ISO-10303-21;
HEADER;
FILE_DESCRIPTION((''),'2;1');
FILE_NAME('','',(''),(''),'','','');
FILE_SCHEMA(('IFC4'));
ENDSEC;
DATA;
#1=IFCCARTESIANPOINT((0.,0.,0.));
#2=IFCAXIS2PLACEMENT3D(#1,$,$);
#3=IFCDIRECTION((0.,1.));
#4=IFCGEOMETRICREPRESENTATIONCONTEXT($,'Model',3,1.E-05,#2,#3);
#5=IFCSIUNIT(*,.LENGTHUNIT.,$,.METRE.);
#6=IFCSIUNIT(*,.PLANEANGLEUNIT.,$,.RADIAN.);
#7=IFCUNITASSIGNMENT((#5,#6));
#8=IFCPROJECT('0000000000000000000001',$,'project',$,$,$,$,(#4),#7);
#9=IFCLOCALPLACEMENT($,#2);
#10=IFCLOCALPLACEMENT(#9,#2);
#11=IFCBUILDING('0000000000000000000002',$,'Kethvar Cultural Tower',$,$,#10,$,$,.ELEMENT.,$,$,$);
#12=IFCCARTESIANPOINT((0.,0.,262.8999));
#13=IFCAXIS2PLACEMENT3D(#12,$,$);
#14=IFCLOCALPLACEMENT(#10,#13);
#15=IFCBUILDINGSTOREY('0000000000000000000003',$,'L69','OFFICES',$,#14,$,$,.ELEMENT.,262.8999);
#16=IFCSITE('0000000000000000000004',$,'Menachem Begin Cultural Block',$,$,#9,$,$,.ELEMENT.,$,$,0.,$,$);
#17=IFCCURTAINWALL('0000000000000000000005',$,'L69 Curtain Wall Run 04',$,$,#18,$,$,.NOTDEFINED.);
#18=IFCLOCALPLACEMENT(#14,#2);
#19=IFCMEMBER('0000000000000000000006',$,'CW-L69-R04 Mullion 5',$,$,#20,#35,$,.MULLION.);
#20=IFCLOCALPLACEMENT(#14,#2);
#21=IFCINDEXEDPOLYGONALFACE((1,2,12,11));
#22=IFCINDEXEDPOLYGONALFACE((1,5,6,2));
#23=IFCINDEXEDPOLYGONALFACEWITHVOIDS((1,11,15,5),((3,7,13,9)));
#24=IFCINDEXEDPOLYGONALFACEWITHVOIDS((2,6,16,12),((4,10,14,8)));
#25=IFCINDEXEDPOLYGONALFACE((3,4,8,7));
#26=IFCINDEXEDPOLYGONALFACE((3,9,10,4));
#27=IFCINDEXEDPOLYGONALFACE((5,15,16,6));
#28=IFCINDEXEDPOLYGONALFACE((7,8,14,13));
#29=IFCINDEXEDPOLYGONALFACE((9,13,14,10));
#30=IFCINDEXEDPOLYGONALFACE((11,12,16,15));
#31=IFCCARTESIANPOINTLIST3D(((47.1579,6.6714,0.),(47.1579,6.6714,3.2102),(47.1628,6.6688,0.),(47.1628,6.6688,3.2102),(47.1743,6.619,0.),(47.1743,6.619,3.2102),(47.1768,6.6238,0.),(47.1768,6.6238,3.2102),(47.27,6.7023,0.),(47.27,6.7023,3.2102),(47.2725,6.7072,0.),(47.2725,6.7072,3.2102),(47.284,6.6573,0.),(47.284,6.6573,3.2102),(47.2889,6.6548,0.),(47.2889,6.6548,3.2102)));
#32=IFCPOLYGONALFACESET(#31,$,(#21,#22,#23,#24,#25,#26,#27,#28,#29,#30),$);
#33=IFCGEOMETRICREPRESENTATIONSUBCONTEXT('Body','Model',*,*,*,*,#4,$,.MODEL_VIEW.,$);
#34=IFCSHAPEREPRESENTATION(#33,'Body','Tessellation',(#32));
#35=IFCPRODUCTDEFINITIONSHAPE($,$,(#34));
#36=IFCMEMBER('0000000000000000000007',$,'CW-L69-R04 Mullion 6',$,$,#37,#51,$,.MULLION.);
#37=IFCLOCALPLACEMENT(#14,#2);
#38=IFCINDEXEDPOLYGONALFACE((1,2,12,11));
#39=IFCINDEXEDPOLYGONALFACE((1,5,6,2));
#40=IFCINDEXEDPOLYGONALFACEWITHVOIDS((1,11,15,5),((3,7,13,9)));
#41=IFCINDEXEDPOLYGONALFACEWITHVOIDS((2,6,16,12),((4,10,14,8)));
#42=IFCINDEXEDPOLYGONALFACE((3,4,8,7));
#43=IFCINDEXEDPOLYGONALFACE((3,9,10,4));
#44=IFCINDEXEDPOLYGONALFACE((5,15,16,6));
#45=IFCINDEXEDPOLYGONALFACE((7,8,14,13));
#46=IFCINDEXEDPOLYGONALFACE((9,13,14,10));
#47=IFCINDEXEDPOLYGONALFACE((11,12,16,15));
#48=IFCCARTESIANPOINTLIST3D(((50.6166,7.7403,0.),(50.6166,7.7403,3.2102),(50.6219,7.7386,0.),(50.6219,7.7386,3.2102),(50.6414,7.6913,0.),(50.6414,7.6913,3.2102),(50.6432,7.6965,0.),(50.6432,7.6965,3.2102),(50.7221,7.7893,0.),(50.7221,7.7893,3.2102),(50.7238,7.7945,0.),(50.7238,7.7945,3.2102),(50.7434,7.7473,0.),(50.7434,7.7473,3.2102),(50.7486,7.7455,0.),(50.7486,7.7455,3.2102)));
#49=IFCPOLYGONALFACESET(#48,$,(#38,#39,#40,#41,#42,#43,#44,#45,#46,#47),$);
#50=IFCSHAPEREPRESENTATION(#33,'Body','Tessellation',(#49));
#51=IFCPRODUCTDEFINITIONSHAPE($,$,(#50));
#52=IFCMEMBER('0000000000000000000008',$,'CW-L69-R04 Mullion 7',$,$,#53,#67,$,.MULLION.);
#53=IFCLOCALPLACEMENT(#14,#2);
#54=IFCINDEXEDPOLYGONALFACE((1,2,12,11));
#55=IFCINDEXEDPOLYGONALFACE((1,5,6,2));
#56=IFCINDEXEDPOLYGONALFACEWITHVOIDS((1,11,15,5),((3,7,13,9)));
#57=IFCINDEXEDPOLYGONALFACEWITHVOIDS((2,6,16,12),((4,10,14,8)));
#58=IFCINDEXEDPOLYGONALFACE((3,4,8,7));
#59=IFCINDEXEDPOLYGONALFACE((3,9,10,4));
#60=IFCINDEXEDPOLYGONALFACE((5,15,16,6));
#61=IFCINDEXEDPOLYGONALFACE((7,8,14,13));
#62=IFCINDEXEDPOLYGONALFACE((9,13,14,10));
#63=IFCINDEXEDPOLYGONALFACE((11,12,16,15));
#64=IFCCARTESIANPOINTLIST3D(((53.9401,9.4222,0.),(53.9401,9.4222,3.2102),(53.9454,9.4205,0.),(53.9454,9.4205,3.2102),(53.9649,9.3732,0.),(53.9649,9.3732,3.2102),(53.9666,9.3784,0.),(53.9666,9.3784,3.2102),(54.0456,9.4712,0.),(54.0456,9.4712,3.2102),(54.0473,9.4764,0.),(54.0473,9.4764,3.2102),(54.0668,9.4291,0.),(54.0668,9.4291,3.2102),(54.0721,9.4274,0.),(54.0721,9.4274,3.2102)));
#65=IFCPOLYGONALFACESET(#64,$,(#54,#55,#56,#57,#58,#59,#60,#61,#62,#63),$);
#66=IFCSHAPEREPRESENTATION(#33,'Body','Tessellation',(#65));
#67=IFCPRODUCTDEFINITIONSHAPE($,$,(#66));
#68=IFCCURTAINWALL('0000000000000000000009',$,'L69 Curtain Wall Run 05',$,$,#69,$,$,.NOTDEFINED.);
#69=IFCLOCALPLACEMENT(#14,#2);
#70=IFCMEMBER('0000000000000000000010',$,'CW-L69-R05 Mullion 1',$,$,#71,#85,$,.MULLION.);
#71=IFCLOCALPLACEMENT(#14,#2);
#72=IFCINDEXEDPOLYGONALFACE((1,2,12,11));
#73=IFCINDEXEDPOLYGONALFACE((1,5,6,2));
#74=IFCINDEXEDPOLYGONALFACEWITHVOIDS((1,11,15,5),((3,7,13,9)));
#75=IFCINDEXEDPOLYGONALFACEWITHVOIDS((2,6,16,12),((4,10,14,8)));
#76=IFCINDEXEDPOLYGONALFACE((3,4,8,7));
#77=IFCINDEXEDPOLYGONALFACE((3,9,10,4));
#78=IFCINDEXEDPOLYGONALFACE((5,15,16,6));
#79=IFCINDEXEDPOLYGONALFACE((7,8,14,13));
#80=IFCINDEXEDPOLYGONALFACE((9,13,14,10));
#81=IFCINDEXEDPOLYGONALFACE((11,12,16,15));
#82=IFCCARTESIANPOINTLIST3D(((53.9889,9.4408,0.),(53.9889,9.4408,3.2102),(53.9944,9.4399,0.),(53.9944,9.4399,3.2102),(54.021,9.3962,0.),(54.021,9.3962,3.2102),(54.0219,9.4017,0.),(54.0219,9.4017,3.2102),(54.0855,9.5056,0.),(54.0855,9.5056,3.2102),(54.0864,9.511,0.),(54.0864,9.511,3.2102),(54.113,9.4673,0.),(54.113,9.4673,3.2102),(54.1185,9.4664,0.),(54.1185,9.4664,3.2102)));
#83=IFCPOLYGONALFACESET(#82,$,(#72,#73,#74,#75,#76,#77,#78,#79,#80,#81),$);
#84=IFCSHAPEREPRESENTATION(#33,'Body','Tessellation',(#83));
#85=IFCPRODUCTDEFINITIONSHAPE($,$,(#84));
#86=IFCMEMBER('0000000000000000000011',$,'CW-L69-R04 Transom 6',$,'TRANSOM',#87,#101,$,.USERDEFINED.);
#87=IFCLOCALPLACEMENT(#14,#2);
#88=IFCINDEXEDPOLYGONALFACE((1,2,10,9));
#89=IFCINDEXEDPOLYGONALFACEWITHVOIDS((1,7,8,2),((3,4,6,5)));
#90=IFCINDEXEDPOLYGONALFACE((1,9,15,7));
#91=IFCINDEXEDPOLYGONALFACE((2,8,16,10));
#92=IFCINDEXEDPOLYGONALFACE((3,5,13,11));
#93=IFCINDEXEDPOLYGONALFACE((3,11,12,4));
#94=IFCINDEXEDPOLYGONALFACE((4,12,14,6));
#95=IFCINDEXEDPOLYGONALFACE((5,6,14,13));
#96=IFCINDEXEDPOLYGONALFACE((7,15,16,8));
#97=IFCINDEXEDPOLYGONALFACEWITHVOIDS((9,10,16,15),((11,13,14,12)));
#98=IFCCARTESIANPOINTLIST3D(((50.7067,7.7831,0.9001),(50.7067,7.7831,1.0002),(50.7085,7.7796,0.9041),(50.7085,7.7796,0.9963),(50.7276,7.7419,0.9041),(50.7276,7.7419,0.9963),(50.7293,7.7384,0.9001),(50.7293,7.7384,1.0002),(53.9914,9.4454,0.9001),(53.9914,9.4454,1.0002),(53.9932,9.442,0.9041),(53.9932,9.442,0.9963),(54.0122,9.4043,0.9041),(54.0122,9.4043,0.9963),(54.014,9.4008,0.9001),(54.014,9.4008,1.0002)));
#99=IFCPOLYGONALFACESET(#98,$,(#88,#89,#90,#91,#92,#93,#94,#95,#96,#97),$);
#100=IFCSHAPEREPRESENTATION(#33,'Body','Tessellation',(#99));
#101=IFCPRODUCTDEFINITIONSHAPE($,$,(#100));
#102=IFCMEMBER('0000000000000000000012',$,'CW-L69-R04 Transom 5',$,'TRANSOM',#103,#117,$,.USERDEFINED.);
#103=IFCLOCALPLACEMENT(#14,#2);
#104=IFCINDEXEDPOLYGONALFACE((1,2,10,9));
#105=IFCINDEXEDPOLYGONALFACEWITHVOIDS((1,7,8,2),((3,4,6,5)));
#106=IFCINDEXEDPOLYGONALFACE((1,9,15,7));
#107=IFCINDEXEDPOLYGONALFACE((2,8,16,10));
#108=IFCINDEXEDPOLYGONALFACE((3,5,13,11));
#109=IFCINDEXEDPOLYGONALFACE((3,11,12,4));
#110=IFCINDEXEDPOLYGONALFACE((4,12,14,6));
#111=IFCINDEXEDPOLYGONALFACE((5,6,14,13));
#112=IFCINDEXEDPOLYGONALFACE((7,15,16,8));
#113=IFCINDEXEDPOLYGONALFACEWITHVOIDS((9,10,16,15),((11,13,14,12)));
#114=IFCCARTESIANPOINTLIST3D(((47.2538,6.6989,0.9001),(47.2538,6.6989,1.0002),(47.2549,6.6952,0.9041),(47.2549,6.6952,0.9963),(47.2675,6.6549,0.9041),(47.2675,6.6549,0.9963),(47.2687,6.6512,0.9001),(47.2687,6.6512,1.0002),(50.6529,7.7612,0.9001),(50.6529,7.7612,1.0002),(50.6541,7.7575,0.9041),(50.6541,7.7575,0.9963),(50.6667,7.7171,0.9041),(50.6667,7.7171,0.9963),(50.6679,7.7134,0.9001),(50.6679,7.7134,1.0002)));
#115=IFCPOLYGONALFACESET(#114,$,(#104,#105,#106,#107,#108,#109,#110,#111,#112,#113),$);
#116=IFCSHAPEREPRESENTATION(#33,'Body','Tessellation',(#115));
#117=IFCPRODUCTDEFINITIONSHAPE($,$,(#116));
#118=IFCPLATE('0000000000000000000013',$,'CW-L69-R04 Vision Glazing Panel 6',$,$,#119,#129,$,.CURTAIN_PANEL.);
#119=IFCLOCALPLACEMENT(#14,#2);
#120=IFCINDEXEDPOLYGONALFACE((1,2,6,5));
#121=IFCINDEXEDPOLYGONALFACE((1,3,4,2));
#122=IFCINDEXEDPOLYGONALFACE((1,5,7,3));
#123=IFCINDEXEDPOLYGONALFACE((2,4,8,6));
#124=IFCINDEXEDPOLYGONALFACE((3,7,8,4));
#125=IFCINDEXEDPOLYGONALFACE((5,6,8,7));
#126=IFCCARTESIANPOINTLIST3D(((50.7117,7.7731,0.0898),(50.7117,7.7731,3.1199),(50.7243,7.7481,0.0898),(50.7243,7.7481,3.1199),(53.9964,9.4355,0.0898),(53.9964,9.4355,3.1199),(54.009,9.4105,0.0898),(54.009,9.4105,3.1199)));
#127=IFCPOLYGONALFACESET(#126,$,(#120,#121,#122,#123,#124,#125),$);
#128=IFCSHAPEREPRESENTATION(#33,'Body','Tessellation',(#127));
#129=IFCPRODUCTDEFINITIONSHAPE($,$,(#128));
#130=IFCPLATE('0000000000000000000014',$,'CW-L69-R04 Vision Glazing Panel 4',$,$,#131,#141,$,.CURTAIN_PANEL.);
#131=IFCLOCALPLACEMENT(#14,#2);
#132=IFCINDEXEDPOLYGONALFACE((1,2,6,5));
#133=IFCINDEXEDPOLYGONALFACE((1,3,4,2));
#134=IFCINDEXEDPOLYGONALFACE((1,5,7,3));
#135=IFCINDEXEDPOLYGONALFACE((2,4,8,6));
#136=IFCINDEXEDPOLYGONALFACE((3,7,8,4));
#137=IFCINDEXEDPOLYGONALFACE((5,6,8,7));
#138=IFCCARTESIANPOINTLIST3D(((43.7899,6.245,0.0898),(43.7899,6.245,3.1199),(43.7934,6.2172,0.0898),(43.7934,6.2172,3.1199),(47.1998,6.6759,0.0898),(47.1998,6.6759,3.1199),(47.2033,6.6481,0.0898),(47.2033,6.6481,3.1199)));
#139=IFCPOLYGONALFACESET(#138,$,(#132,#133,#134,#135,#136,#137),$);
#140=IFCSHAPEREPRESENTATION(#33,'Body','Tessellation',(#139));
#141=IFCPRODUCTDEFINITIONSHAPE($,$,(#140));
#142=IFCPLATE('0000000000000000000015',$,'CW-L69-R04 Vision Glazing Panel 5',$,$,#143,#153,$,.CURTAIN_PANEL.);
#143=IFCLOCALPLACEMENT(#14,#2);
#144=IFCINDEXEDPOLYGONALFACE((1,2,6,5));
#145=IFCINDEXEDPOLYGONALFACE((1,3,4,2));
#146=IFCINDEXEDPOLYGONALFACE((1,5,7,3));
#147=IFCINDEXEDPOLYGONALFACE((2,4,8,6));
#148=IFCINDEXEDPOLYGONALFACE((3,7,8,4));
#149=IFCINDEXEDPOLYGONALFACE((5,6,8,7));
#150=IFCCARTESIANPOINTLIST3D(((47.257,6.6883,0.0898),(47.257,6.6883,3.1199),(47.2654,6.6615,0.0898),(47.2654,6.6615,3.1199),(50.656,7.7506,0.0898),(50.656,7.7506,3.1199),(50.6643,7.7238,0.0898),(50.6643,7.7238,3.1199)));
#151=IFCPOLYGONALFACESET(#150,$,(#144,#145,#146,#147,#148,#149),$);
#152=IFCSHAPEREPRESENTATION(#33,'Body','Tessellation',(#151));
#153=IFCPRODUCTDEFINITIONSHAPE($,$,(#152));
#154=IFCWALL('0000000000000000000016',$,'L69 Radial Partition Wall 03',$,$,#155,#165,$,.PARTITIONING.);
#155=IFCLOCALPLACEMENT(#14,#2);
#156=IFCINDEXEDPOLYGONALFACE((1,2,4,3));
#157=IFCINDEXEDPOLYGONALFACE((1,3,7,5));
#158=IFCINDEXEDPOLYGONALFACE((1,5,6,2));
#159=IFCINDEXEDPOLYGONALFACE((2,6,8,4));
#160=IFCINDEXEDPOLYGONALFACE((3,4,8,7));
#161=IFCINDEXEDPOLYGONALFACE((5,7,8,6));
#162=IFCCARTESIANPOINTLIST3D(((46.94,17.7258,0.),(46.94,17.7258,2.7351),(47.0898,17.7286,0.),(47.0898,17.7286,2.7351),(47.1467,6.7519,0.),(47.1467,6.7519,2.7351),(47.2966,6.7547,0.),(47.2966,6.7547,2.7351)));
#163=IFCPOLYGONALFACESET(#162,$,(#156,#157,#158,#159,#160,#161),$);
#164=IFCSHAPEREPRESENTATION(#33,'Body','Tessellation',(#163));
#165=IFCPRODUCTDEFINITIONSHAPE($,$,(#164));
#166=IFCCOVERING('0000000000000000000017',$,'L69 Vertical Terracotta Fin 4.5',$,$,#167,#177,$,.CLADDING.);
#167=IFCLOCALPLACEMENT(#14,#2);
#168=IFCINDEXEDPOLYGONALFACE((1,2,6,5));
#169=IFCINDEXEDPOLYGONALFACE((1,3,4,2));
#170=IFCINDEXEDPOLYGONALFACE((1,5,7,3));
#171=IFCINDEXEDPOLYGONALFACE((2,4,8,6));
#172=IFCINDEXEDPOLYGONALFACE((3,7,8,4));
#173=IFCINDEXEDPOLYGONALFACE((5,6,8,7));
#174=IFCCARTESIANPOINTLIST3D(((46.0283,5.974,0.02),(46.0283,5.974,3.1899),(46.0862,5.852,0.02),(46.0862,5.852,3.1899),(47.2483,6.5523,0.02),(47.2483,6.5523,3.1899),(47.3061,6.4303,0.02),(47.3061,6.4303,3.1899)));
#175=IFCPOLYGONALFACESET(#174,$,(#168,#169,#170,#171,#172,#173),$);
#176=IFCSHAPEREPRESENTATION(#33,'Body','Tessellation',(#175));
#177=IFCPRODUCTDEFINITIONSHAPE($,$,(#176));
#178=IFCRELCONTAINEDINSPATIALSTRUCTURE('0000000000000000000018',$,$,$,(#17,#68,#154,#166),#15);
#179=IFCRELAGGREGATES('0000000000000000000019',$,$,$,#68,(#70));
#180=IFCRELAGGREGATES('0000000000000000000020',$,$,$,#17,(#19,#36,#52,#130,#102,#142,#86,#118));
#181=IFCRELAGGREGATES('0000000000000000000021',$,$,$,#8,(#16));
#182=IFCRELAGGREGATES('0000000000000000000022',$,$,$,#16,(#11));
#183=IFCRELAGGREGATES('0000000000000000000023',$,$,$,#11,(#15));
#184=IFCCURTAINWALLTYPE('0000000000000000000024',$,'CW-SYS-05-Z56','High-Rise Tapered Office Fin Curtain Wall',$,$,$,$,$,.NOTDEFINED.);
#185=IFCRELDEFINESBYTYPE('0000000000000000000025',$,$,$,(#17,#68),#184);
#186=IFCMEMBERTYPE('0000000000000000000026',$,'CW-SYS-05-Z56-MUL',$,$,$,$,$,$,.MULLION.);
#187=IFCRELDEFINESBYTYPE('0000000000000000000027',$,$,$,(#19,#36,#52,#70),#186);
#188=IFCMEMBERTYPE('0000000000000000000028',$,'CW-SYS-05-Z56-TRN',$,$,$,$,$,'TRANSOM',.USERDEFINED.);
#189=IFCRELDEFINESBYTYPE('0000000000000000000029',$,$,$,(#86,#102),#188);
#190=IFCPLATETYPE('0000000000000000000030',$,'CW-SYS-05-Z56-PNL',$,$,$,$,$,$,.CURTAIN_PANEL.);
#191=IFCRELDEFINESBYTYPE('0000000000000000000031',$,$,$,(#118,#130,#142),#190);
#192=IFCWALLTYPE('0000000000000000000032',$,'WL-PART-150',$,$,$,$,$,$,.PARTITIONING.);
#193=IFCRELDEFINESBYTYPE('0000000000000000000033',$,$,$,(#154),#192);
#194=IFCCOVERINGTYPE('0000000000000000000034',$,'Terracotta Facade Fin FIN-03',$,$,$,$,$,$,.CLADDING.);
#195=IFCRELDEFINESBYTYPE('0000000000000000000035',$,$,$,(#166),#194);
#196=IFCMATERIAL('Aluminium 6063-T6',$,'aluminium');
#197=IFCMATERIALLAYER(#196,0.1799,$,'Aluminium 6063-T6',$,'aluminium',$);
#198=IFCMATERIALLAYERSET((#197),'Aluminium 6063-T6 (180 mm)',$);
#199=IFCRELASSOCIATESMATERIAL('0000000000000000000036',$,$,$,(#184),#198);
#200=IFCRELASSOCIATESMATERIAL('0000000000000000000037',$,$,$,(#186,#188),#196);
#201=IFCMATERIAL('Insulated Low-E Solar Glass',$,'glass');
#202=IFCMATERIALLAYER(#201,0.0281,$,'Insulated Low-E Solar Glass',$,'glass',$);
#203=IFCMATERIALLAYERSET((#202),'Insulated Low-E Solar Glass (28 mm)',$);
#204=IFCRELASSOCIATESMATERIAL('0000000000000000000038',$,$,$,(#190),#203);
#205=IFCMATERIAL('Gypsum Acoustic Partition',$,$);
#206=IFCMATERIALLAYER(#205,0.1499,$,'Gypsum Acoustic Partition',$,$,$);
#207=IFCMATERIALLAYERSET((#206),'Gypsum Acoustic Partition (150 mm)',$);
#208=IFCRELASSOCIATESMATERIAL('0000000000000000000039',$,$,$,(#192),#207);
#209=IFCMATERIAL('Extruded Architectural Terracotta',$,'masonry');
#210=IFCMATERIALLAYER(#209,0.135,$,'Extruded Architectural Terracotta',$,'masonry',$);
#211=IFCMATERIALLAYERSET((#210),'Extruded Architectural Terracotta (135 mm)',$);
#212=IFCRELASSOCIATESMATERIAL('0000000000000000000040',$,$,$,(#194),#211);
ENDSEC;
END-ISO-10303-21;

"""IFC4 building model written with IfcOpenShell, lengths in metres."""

from ifc_helpers import new_model, si_unit, direction, frame, frame_2d, origin, origin_2d, place, context, subcontext, project, spatial, rectangle, hollow_rectangle, extrude, source, transform, mapped, material, layer, layer_set, material_profile, profile_set, type_object, element, aggregate, save


model = new_model("IFC4")

# Units and contexts
model_context = context("Model", 3, precision=1e-05, world=origin(), true_north=direction((0.0, 1.0)))
body_context = subcontext(model_context, "Body", "Model", "MODEL_VIEW")
ifc_project = project(units=[si_unit("LENGTHUNIT", "METRE"), si_unit("PLANEANGLEUNIT", "RADIAN")], contexts=[model_context])

# Site, building, storey
site_placement = place(None, origin())
site = spatial("IfcSite", under=ifc_project, at=site_placement, Name="Menachem Begin Cultural Block", CompositionType="ELEMENT", RefElevation=0.0)
building_placement = place(site_placement, origin())
building = spatial("IfcBuilding", under=site, at=building_placement, Name="Kethvar Cultural Tower", CompositionType="ELEMENT")
storey_placement = place(building_placement, frame((0.0, 0.0, 262.8999)))
storey = spatial("IfcBuildingStorey", under=building, at=storey_placement, Name="L69", Description="OFFICES", CompositionType="ELEMENT", Elevation=262.8999)

# Curtain wall, members
ifc_material_1 = material(Name="Aluminium 6063-T6", Category="aluminium")
ifc_layer_1 = layer(ifc_material_1, 0.1799, Name="Aluminium 6063-T6", Category="aluminium")
ifc_layer_set_1 = layer_set([ifc_layer_1], Name="Aluminium 6063-T6 (180 mm)")
curtain_wall_type = type_object("IfcCurtainWallType", Name="CW-SYS-05-Z56", Description="High-Rise Tapered Office Fin Curtain Wall", PredefinedType="NOTDEFINED", material=ifc_layer_set_1)
curtain_wall_1_placement = place(storey_placement, origin())
curtain_wall_1 = element("IfcCurtainWall", 1, at=curtain_wall_1_placement, inside=storey, type_object=curtain_wall_type, Name="L69 Curtain Wall Run 04", PredefinedType="NOTDEFINED")
ifc_material_profile_1 = material_profile(ifc_material_1, hollow_rectangle(XDim=0.0549, YDim=0.1201, WallThickness=0.0039, at=origin_2d()), Name="Aluminium 6063-T6 — RHS120x55x4")
ifc_profile_set_1 = profile_set([ifc_material_profile_1], Name="Aluminium 6063-T6 — RHS120x55x4")
member_type_1 = type_object("IfcMemberType", Name="CW-SYS-05-Z56-MUL", PredefinedType="MULLION", material=ifc_profile_set_1)
shared_shape_1 = source(origin(), body_context, "Body", "SweptSolid", [
    extrude(hollow_rectangle(XDim=0.0549, YDim=0.1201, WallThickness=0.0039, at=origin_2d()), origin(), (0.0, 0.0, 1.0), 3.2102),
])
member_1_placement = place(storey_placement, frame((47.2234, 6.6631, 0.0), z_axis=(0.0, 0.0, 1.0), x_axis=(-0.298291, 0.954475, 0.0)))
member_1 = element("IfcMember", 2, at=member_1_placement, type_object=member_type_1, Name="CW-L69-R04 Mullion 5", PredefinedType="MULLION", context=body_context, shape_type="MappedRepresentation", body=[
    mapped(shared_shape_1, transform((0.0, 0.0, 0.0), scale=1.0)),
])
member_2_placement = place(storey_placement, frame((50.6826, 7.7429, 0.0), z_axis=(0.0, 0.0, 1.0), x_axis=(-0.451563, 0.892239, 0.0)))
member_2 = element("IfcMember", 3, at=member_2_placement, type_object=member_type_1, Name="CW-L69-R04 Mullion 6", PredefinedType="MULLION", context=body_context, shape_type="MappedRepresentation", body=[
    mapped(shared_shape_1, transform((0.0, 0.0, 0.0), scale=1.0)),
])
member_3_placement = place(storey_placement, frame((54.0061, 9.4248, 0.0), z_axis=(0.0, 0.0, 1.0), x_axis=(-0.451563, 0.892239, 0.0)))
member_3 = element("IfcMember", 4, at=member_3_placement, type_object=member_type_1, Name="CW-L69-R04 Mullion 7", PredefinedType="MULLION", context=body_context, shape_type="MappedRepresentation", body=[
    mapped(shared_shape_1, transform((0.0, 0.0, 0.0), scale=1.0)),
])

# Curtain wall, member
curtain_wall_2_placement = place(storey_placement, origin())
curtain_wall_2 = element("IfcCurtainWall", 5, at=curtain_wall_2_placement, inside=storey, type_object=curtain_wall_type, Name="L69 Curtain Wall Run 05", PredefinedType="NOTDEFINED")
member_4_placement = place(storey_placement, frame((54.0537, 9.4536, 0.0), z_axis=(0.0, 0.0, 1.0), x_axis=(-0.584689, 0.811258, 0.0)))
member_4 = element("IfcMember", 6, at=member_4_placement, type_object=member_type_1, Name="CW-L69-R05 Mullion 1", PredefinedType="MULLION", context=body_context, shape_type="MappedRepresentation", body=[
    mapped(shared_shape_1, transform((0.0, 0.0, 0.0), scale=1.0)),
])
aggregate(curtain_wall_2, [member_4])

# Members
ifc_material_profile_2 = material_profile(ifc_material_1, hollow_rectangle(XDim=0.05, YDim=0.1001, WallThickness=0.0039, at=origin_2d()), Name="Aluminium 6063-T6 — RHS100x50x4")
ifc_profile_set_2 = profile_set([ifc_material_profile_2], Name="Aluminium 6063-T6 — RHS100x50x4")
member_type_2 = type_object("IfcMemberType", Name="CW-SYS-05-Z56-TRN", ElementType="TRANSOM", PredefinedType="USERDEFINED", material=ifc_profile_set_2)
shared_shape_2 = source(origin(), body_context, "Body", "SweptSolid", [
    extrude(hollow_rectangle(XDim=0.05, YDim=0.1001, WallThickness=0.0039, at=origin_2d()), origin(), (0.0, 0.0, 1.0), 3.6814),
])
member_5_placement = place(storey_placement, frame((50.718, 7.7607, 0.9502), z_axis=(0.892241, 0.451559, 0.0), x_axis=(-0.451559, 0.892241, 0.0)))
member_5 = element("IfcMember", 7, at=member_5_placement, type_object=member_type_2, Name="CW-L69-R04 Transom 6", ObjectType="TRANSOM", PredefinedType="USERDEFINED", context=body_context, shape_type="MappedRepresentation", body=[
    mapped(shared_shape_2, transform((0.0, 0.0, 0.0), scale=1.0)),
])
shared_shape_3 = source(origin(), body_context, "Body", "SweptSolid", [
    extrude(hollow_rectangle(XDim=0.05, YDim=0.1001, WallThickness=0.0039, at=origin_2d()), origin(), (0.0, 0.0, 1.0), 3.5613),
])
member_6_placement = place(storey_placement, frame((47.2612, 6.675, 0.9502), z_axis=(0.954479, 0.298279, 0.0), x_axis=(-0.298279, 0.954479, 0.0)))
member_6 = element("IfcMember", 8, at=member_6_placement, type_object=member_type_2, Name="CW-L69-R04 Transom 5", ObjectType="TRANSOM", PredefinedType="USERDEFINED", context=body_context, shape_type="MappedRepresentation", body=[
    mapped(shared_shape_3, transform((0.0, 0.0, 0.0), scale=1.0)),
])

# Plates
ifc_material_2 = material(Name="Insulated Low-E Solar Glass", Category="glass")
ifc_layer_2 = layer(ifc_material_2, 0.0281, Name="Insulated Low-E Solar Glass", Category="glass")
ifc_layer_set_2 = layer_set([ifc_layer_2], Name="Insulated Low-E Solar Glass (28 mm)")
plate_type = type_object("IfcPlateType", Name="CW-SYS-05-Z56-PNL", PredefinedType="CURTAIN_PANEL", material=ifc_layer_set_2)
shared_shape_4 = source(origin(), body_context, "Body", "SweptSolid", [
    extrude(rectangle(XDim=3.6814, YDim=0.0281, at=origin_2d()), origin(), (0.0, 0.0, 1.0), 3.03),
])
plate_1_placement = place(storey_placement, frame((52.3604, 8.5918, 0.0898), z_axis=(0.0, 0.0, 1.0), x_axis=(0.892239, 0.451563, 0.0)))
plate_1 = element("IfcPlate", 9, at=plate_1_placement, type_object=plate_type, Name="CW-L69-R04 Vision Glazing Panel 6", PredefinedType="CURTAIN_PANEL", context=body_context, shape_type="MappedRepresentation", body=[
    mapped(shared_shape_4, transform((0.0, 0.0, 0.0), scale=1.0)),
])
shared_shape_5 = source(origin(), body_context, "Body", "SweptSolid", [
    extrude(rectangle(XDim=3.437, YDim=0.0281, at=origin_2d()), origin(), (0.0, 0.0, 1.0), 3.03),
])
plate_2_placement = place(storey_placement, frame((45.4966, 6.4465, 0.0898), z_axis=(0.0, 0.0, 1.0), x_axis=(0.99211, 0.125368, 0.0)))
plate_2 = element("IfcPlate", 10, at=plate_2_placement, type_object=plate_type, Name="CW-L69-R04 Vision Glazing Panel 4", PredefinedType="CURTAIN_PANEL", context=body_context, shape_type="MappedRepresentation", body=[
    mapped(shared_shape_5, transform((0.0, 0.0, 0.0), scale=1.0)),
])
shared_shape_6 = source(origin(), body_context, "Body", "SweptSolid", [
    extrude(rectangle(XDim=3.561, YDim=0.0281, at=origin_2d()), origin(), (0.0, 0.0, 1.0), 3.03),
])
plate_3_placement = place(storey_placement, frame((48.9607, 7.2061, 0.0898), z_axis=(0.0, 0.0, 1.0), x_axis=(0.954475, 0.298291, 0.0)))
plate_3 = element("IfcPlate", 11, at=plate_3_placement, type_object=plate_type, Name="CW-L69-R04 Vision Glazing Panel 5", PredefinedType="CURTAIN_PANEL", context=body_context, shape_type="MappedRepresentation", body=[
    mapped(shared_shape_6, transform((0.0, 0.0, 0.0), scale=1.0)),
])
aggregate(curtain_wall_1, [member_1, member_2, member_3, plate_2, member_6, plate_3, member_5, plate_1])

# Wall
ifc_material_3 = material(Name="Gypsum Acoustic Partition")
ifc_layer_3 = layer(ifc_material_3, 0.1499, Name="Gypsum Acoustic Partition")
ifc_layer_set_3 = layer_set([ifc_layer_3], Name="Gypsum Acoustic Partition (150 mm)")
wall_type = type_object("IfcWallType", Name="WL-PART-150", PredefinedType="PARTITIONING", material=ifc_layer_set_3)
wall_placement = place(storey_placement, frame((47.0149, 17.7271, 0.0), z_axis=(0.0, 0.0, 1.0), x_axis=(0.01884, -0.999823, 0.0)))
element("IfcWall", 12, at=wall_placement, inside=storey, type_object=wall_type, Name="L69 Radial Partition Wall 03", PredefinedType="PARTITIONING", context=body_context, shape_type="SweptSolid", body=[
    extrude(rectangle(XDim=10.9758, YDim=0.1499, at=frame_2d((5.4878, 0.0))), origin(), (0.0, 0.0, 1.0), 2.7351),
])

# Covering
ifc_material_4 = material(Name="Extruded Architectural Terracotta", Category="masonry")
ifc_layer_4 = layer(ifc_material_4, 0.135, Name="Extruded Architectural Terracotta", Category="masonry")
ifc_layer_set_4 = layer_set([ifc_layer_4], Name="Extruded Architectural Terracotta (135 mm)")
covering_type = type_object("IfcCoveringType", Name="Terracotta Facade Fin FIN-03", PredefinedType="CLADDING", material=ifc_layer_set_4)
shared_shape_7 = source(origin(), body_context, "Body", "SweptSolid", [
    extrude(rectangle(XDim=1.3501, YDim=0.135, at=origin_2d()), origin(), (0.0, 0.0, 1.0), 3.1699),
])
for number, where, z_axis, x_axis, name in (
    (13, (46.6672, 6.2021, 0.02), (0.0, 0.0, 1.0), (-0.903635, -0.428304, 0.0), "L69 Vertical Terracotta Fin 4.5"),
):
    element("IfcCovering", number, at=place(storey_placement, frame(where, z_axis=z_axis, x_axis=x_axis)), inside=storey, type_object=covering_type, Name=name, PredefinedType="CLADDING", context=body_context, shape_type="MappedRepresentation", body=[
        mapped(shared_shape_7, transform((0.0, 0.0, 0.0), scale=1.0)),
    ])

save(model, "model.ifc")
